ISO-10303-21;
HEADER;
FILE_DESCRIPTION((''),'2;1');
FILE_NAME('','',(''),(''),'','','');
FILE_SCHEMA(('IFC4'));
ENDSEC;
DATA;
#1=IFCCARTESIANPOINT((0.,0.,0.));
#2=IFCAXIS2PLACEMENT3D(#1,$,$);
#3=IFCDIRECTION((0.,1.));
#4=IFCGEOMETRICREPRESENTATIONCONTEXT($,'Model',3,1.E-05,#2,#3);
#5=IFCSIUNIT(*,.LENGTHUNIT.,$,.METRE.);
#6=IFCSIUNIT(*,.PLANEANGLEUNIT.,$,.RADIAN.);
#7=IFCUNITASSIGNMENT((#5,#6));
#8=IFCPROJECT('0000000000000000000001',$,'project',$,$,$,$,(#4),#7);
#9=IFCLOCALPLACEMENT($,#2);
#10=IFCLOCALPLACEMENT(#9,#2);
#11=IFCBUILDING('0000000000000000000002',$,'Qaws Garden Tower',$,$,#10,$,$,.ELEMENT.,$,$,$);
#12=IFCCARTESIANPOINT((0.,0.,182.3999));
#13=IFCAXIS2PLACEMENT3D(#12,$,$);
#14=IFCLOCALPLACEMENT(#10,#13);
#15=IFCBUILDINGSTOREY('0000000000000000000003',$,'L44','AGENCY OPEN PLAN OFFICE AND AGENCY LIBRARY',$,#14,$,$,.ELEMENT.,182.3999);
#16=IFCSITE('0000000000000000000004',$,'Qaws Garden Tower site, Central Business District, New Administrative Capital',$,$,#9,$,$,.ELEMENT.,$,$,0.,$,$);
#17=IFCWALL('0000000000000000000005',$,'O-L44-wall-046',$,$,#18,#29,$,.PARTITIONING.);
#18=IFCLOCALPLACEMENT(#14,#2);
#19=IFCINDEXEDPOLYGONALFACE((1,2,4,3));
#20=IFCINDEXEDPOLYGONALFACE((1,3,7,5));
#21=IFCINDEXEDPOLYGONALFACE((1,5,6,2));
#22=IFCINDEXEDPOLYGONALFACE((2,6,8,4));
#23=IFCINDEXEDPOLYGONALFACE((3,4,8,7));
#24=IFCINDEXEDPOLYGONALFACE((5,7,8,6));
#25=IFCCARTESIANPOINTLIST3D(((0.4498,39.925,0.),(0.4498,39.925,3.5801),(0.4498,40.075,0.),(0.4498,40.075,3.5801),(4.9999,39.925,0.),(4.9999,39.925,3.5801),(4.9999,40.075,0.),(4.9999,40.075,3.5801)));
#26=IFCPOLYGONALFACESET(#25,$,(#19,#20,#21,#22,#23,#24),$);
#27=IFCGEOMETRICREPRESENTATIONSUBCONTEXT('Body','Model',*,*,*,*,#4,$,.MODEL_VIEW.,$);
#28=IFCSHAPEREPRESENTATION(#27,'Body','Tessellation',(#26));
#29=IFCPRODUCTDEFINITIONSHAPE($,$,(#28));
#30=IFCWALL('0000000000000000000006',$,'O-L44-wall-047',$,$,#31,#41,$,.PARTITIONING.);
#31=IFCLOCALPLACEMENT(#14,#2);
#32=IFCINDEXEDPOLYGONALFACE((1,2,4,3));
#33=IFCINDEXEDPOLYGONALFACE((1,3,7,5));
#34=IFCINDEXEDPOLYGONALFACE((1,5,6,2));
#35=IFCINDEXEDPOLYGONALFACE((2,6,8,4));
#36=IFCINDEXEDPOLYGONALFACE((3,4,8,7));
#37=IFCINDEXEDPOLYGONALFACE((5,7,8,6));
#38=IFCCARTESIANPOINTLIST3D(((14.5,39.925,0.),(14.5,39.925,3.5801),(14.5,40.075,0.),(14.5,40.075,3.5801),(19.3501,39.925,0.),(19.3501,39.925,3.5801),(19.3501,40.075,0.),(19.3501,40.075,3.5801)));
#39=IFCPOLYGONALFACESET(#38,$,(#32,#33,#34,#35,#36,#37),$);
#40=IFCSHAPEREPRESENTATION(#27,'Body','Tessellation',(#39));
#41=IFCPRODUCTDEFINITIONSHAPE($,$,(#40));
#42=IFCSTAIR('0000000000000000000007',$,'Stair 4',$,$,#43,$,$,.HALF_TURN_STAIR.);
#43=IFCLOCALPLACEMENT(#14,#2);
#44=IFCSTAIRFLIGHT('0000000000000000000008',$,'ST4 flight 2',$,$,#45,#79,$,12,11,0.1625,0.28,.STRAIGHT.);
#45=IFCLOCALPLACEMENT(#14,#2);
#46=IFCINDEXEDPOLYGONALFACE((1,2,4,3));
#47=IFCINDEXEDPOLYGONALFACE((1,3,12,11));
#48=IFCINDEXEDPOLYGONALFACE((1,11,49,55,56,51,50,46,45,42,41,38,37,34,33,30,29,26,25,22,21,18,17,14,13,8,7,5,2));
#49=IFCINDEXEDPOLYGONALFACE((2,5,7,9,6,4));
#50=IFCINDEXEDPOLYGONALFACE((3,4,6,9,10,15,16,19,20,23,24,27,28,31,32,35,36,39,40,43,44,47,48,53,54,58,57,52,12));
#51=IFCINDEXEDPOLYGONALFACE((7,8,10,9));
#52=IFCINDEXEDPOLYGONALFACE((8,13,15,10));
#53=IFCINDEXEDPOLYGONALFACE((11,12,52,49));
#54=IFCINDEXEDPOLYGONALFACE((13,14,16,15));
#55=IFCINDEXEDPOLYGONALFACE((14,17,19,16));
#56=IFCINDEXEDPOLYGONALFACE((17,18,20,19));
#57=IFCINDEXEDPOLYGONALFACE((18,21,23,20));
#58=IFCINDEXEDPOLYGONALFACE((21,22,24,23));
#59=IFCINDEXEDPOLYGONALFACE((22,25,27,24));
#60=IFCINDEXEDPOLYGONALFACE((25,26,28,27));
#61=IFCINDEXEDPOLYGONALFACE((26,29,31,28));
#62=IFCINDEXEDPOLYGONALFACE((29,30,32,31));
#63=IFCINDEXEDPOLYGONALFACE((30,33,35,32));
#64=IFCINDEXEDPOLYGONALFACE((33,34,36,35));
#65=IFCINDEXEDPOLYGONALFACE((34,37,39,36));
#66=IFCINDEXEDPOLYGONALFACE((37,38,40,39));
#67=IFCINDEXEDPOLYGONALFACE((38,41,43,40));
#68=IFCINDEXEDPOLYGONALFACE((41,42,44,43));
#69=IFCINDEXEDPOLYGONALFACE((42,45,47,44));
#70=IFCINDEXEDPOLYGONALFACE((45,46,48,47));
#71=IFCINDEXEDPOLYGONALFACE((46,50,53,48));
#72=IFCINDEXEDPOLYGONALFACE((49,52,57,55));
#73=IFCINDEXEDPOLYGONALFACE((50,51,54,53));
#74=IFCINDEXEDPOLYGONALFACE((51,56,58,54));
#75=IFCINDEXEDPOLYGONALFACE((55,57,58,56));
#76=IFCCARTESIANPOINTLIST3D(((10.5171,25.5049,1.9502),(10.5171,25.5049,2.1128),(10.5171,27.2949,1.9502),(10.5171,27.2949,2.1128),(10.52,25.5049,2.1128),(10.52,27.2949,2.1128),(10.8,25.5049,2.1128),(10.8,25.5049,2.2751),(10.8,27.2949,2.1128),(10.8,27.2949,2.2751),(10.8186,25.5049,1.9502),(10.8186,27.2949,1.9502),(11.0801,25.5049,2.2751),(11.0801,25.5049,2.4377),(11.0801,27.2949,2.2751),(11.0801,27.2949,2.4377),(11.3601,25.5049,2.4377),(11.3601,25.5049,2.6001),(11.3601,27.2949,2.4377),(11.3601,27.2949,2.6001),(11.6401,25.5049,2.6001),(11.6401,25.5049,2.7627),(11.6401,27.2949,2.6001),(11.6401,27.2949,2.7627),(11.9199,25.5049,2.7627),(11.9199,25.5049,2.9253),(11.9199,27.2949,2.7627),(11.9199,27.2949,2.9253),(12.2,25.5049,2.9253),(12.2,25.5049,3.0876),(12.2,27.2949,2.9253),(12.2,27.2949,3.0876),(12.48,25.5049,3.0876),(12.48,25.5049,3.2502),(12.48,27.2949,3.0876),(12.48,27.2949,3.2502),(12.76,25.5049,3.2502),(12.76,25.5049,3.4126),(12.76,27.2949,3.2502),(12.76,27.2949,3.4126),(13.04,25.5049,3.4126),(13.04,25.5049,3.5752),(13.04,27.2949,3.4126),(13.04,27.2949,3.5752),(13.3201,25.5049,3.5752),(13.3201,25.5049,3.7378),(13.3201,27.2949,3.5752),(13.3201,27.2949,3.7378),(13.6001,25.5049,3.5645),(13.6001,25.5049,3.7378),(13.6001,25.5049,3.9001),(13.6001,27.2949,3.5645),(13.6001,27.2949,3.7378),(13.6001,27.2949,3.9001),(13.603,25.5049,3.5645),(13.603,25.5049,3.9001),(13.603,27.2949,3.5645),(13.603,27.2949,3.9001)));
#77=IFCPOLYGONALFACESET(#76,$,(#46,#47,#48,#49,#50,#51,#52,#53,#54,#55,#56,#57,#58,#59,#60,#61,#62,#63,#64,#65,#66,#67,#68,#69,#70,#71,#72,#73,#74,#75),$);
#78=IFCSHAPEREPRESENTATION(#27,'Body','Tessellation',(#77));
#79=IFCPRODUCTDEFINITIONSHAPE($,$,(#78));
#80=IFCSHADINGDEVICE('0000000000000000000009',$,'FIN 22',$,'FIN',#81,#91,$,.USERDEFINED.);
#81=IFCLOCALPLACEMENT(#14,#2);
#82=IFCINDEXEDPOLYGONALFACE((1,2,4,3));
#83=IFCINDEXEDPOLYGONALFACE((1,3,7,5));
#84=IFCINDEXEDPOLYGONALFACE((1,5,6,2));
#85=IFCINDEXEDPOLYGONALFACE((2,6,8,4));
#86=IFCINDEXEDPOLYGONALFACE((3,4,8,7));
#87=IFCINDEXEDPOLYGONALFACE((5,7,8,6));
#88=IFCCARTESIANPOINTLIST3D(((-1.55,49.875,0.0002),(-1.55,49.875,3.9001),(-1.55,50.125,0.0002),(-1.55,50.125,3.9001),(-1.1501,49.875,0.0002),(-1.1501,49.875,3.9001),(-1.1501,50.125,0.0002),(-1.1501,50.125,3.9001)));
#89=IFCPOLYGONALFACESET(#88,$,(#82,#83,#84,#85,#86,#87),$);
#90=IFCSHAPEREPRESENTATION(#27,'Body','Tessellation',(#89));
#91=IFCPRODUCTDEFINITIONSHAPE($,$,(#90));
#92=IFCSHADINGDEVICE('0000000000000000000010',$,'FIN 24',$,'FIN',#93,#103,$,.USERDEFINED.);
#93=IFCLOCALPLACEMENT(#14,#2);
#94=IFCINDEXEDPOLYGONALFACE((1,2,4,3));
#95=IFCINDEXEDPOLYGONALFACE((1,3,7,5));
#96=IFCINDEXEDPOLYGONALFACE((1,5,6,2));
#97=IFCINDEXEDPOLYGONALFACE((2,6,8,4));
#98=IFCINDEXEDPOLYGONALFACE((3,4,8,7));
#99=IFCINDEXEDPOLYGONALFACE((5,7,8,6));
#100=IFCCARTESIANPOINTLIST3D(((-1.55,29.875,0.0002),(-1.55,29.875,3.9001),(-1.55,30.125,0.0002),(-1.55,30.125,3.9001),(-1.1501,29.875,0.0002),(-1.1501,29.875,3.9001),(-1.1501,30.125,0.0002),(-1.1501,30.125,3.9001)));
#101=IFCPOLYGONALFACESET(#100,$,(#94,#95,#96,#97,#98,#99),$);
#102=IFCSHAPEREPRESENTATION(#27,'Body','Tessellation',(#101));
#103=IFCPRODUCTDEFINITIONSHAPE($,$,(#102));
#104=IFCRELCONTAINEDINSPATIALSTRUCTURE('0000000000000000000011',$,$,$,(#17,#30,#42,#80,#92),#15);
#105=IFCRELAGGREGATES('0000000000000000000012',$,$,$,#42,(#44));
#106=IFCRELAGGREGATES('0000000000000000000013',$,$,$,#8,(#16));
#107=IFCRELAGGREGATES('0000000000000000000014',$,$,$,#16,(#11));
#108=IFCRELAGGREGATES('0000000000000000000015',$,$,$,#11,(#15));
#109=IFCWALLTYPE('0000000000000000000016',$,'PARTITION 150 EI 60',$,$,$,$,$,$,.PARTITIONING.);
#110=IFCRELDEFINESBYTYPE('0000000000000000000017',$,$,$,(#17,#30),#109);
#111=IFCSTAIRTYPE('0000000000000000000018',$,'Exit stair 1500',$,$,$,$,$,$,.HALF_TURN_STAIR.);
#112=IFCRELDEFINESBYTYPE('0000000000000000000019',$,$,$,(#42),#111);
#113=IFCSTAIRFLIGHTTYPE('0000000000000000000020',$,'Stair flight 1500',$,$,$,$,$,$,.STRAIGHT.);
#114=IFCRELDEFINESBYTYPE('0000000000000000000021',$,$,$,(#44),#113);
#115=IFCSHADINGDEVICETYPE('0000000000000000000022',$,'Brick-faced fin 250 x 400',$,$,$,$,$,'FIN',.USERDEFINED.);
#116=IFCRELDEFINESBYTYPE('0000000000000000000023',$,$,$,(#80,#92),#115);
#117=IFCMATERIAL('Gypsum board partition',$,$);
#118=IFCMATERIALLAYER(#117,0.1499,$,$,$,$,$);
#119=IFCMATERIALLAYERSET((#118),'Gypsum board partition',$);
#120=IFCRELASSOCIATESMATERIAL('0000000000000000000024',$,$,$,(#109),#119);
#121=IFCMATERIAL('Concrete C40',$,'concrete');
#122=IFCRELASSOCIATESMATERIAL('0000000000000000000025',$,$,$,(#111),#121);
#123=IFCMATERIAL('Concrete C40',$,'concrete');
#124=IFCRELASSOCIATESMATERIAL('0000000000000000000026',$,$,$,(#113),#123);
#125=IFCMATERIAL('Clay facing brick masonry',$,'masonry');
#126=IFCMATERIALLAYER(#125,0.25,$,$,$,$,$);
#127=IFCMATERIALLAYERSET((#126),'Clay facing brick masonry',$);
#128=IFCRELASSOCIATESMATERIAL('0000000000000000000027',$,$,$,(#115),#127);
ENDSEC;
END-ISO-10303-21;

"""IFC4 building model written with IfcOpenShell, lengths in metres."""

from ifc_helpers import new_model, si_unit, direction, frame, frame_2d, origin, origin_2d, place, context, subcontext, project, spatial, polyline, rectangle, outline, extrude, material, layer, layer_set, type_object, element, aggregate, save


model = new_model("IFC4")

# Units and contexts
model_context = context("Model", 3, precision=1e-05, world=origin(), true_north=direction((0.0, 1.0)))
body_context = subcontext(model_context, "Body", "Model", "MODEL_VIEW")
ifc_project = project(units=[si_unit("LENGTHUNIT", "METRE"), si_unit("PLANEANGLEUNIT", "RADIAN")], contexts=[model_context])

# Site, building, storey
site_placement = place(None, origin())
site = spatial("IfcSite", under=ifc_project, at=site_placement, Name="Qaws Garden Tower site, Central Business District, New Administrative Capital", CompositionType="ELEMENT", RefElevation=0.0)
building_placement = place(site_placement, origin())
building = spatial("IfcBuilding", under=site, at=building_placement, Name="Qaws Garden Tower", CompositionType="ELEMENT")
storey_placement = place(building_placement, frame((0.0, 0.0, 182.3999)))
storey = spatial("IfcBuildingStorey", under=building, at=storey_placement, Name="L44", Description="AGENCY OPEN PLAN OFFICE AND AGENCY LIBRARY", CompositionType="ELEMENT", Elevation=182.3999)

# Walls
ifc_material_1 = material(Name="Gypsum board partition")
ifc_layer_1 = layer(ifc_material_1, 0.1499)
ifc_layer_set_1 = layer_set([ifc_layer_1], Name="Gypsum board partition")
wall_type_1 = type_object("IfcWallType", Name="PARTITION 150 EI 60", PredefinedType="PARTITIONING", material=ifc_layer_set_1)
wall_1_placement = place(storey_placement, frame((0.45, 40.0, 0.0), z_axis=(0.0, 0.0, 1.0), x_axis=(1.0, 0.0, 0.0)))
element("IfcWall", 1, at=wall_1_placement, inside=storey, type_object=wall_type_1, Name="O-L44-wall-046", PredefinedType="PARTITIONING", context=body_context, shape_type="SweptSolid", body=[
    extrude(rectangle(XDim=4.55, YDim=0.1499, at=frame_2d((2.2749, 0.0))), origin(), (0.0, 0.0, 1.0), 3.5801),
])
wall_2_placement = place(storey_placement, frame((14.5, 40.0, 0.0), z_axis=(0.0, 0.0, 1.0), x_axis=(1.0, 0.0, 0.0)))
element("IfcWall", 2, at=wall_2_placement, inside=storey, type_object=wall_type_1, Name="O-L44-wall-047", PredefinedType="PARTITIONING", context=body_context, shape_type="SweptSolid", body=[
    extrude(rectangle(XDim=4.8501, YDim=0.1499, at=frame_2d((2.425, 0.0))), origin(), (0.0, 0.0, 1.0), 3.5801),
])

# Stair, stair flight
ifc_material_2 = material(Name="Concrete C40", Category="concrete")
stair_type = type_object("IfcStairType", Name="Exit stair 1500", PredefinedType="HALF_TURN_STAIR", material=ifc_material_2)
stair_placement = place(storey_placement, origin())
stair = element("IfcStair", 3, at=stair_placement, inside=storey, type_object=stair_type, Name="Stair 4", PredefinedType="HALF_TURN_STAIR")
ifc_material_3 = material(Name="Concrete C40", Category="concrete")
stair_flight_type = type_object("IfcStairFlightType", Name="Stair flight 1500", PredefinedType="STRAIGHT", material=ifc_material_3)
stair_flight_placement = place(storey_placement, frame((10.52, 26.3999, 1.9502), z_axis=(0.0, 0.0, 1.0), x_axis=(1.0, 0.0, 0.0)))
stair_flight = element("IfcStairFlight", 4, at=stair_flight_placement, type_object=stair_flight_type, Name="ST4 flight 2", NumberOfRisers=12, NumberOfTreads=11, PredefinedType="STRAIGHT", RiserHeight=0.1625, TreadLength=0.28, context=body_context, shape_type="SweptSolid", body=[
    extrude(outline(polyline([(-0.0029, 0.0), (-0.0029, 0.1626), (0.0, 0.1626), (0.28, 0.1626), (0.28, 0.325), (0.5601, 0.325), (0.5601, 0.4875), (0.8401, 0.4875), (0.8401, 0.6499), (1.1201, 0.6499), (1.1201, 0.8125), (1.3999, 0.8125), (1.3999, 0.9751), (1.6799, 0.9751), (1.6799, 1.1375), (1.96, 1.1375), (1.96, 1.3), (2.24, 1.3), (2.24, 1.4624), (2.52, 1.4624), (2.52, 1.625), (2.8, 1.625), (2.8, 1.7876), (3.0801, 1.7876), (3.0801, 1.95), (3.083, 1.95), (3.083, 1.6143), (3.0801, 1.6143), (0.2986, 0.0), (-0.0029, 0.0)])), frame((0.0, 0.895, 0.0), z_axis=(0.0, -1.0, 0.0), x_axis=(1.0, 0.0, 0.0)), (0.0, 0.0, 1.0), 1.79),
])
aggregate(stair, [stair_flight])

# Shading devices
ifc_material_4 = material(Name="Clay facing brick masonry", Category="masonry")
ifc_layer_2 = layer(ifc_material_4, 0.25)
ifc_layer_set_2 = layer_set([ifc_layer_2], Name="Clay facing brick masonry")
shading_device_type = type_object("IfcShadingDeviceType", Name="Brick-faced fin 250 x 400", ElementType="FIN", PredefinedType="USERDEFINED", material=ifc_layer_set_2)
for number, where, z_axis, x_axis, name in (
    (5, (-1.3501, 50.0, 0.0002), (0.0, 0.0, 1.0), (0.0, -1.0, 0.0), "FIN 22"),
    (6, (-1.3501, 30.0, 0.0002), (0.0, 0.0, 1.0), (0.0, -1.0, 0.0), "FIN 24"),
):
    element("IfcShadingDevice", number, at=place(storey_placement, frame(where, z_axis=z_axis, x_axis=x_axis)), inside=storey, type_object=shading_device_type, Name=name, ObjectType="FIN", PredefinedType="USERDEFINED", context=body_context, shape_type="SweptSolid", body=[
        extrude(rectangle(XDim=0.25, YDim=0.3999, at=origin_2d()), origin(), (0.0, 0.0, 1.0), 3.8999),
    ])

save(model, "model.ifc")
